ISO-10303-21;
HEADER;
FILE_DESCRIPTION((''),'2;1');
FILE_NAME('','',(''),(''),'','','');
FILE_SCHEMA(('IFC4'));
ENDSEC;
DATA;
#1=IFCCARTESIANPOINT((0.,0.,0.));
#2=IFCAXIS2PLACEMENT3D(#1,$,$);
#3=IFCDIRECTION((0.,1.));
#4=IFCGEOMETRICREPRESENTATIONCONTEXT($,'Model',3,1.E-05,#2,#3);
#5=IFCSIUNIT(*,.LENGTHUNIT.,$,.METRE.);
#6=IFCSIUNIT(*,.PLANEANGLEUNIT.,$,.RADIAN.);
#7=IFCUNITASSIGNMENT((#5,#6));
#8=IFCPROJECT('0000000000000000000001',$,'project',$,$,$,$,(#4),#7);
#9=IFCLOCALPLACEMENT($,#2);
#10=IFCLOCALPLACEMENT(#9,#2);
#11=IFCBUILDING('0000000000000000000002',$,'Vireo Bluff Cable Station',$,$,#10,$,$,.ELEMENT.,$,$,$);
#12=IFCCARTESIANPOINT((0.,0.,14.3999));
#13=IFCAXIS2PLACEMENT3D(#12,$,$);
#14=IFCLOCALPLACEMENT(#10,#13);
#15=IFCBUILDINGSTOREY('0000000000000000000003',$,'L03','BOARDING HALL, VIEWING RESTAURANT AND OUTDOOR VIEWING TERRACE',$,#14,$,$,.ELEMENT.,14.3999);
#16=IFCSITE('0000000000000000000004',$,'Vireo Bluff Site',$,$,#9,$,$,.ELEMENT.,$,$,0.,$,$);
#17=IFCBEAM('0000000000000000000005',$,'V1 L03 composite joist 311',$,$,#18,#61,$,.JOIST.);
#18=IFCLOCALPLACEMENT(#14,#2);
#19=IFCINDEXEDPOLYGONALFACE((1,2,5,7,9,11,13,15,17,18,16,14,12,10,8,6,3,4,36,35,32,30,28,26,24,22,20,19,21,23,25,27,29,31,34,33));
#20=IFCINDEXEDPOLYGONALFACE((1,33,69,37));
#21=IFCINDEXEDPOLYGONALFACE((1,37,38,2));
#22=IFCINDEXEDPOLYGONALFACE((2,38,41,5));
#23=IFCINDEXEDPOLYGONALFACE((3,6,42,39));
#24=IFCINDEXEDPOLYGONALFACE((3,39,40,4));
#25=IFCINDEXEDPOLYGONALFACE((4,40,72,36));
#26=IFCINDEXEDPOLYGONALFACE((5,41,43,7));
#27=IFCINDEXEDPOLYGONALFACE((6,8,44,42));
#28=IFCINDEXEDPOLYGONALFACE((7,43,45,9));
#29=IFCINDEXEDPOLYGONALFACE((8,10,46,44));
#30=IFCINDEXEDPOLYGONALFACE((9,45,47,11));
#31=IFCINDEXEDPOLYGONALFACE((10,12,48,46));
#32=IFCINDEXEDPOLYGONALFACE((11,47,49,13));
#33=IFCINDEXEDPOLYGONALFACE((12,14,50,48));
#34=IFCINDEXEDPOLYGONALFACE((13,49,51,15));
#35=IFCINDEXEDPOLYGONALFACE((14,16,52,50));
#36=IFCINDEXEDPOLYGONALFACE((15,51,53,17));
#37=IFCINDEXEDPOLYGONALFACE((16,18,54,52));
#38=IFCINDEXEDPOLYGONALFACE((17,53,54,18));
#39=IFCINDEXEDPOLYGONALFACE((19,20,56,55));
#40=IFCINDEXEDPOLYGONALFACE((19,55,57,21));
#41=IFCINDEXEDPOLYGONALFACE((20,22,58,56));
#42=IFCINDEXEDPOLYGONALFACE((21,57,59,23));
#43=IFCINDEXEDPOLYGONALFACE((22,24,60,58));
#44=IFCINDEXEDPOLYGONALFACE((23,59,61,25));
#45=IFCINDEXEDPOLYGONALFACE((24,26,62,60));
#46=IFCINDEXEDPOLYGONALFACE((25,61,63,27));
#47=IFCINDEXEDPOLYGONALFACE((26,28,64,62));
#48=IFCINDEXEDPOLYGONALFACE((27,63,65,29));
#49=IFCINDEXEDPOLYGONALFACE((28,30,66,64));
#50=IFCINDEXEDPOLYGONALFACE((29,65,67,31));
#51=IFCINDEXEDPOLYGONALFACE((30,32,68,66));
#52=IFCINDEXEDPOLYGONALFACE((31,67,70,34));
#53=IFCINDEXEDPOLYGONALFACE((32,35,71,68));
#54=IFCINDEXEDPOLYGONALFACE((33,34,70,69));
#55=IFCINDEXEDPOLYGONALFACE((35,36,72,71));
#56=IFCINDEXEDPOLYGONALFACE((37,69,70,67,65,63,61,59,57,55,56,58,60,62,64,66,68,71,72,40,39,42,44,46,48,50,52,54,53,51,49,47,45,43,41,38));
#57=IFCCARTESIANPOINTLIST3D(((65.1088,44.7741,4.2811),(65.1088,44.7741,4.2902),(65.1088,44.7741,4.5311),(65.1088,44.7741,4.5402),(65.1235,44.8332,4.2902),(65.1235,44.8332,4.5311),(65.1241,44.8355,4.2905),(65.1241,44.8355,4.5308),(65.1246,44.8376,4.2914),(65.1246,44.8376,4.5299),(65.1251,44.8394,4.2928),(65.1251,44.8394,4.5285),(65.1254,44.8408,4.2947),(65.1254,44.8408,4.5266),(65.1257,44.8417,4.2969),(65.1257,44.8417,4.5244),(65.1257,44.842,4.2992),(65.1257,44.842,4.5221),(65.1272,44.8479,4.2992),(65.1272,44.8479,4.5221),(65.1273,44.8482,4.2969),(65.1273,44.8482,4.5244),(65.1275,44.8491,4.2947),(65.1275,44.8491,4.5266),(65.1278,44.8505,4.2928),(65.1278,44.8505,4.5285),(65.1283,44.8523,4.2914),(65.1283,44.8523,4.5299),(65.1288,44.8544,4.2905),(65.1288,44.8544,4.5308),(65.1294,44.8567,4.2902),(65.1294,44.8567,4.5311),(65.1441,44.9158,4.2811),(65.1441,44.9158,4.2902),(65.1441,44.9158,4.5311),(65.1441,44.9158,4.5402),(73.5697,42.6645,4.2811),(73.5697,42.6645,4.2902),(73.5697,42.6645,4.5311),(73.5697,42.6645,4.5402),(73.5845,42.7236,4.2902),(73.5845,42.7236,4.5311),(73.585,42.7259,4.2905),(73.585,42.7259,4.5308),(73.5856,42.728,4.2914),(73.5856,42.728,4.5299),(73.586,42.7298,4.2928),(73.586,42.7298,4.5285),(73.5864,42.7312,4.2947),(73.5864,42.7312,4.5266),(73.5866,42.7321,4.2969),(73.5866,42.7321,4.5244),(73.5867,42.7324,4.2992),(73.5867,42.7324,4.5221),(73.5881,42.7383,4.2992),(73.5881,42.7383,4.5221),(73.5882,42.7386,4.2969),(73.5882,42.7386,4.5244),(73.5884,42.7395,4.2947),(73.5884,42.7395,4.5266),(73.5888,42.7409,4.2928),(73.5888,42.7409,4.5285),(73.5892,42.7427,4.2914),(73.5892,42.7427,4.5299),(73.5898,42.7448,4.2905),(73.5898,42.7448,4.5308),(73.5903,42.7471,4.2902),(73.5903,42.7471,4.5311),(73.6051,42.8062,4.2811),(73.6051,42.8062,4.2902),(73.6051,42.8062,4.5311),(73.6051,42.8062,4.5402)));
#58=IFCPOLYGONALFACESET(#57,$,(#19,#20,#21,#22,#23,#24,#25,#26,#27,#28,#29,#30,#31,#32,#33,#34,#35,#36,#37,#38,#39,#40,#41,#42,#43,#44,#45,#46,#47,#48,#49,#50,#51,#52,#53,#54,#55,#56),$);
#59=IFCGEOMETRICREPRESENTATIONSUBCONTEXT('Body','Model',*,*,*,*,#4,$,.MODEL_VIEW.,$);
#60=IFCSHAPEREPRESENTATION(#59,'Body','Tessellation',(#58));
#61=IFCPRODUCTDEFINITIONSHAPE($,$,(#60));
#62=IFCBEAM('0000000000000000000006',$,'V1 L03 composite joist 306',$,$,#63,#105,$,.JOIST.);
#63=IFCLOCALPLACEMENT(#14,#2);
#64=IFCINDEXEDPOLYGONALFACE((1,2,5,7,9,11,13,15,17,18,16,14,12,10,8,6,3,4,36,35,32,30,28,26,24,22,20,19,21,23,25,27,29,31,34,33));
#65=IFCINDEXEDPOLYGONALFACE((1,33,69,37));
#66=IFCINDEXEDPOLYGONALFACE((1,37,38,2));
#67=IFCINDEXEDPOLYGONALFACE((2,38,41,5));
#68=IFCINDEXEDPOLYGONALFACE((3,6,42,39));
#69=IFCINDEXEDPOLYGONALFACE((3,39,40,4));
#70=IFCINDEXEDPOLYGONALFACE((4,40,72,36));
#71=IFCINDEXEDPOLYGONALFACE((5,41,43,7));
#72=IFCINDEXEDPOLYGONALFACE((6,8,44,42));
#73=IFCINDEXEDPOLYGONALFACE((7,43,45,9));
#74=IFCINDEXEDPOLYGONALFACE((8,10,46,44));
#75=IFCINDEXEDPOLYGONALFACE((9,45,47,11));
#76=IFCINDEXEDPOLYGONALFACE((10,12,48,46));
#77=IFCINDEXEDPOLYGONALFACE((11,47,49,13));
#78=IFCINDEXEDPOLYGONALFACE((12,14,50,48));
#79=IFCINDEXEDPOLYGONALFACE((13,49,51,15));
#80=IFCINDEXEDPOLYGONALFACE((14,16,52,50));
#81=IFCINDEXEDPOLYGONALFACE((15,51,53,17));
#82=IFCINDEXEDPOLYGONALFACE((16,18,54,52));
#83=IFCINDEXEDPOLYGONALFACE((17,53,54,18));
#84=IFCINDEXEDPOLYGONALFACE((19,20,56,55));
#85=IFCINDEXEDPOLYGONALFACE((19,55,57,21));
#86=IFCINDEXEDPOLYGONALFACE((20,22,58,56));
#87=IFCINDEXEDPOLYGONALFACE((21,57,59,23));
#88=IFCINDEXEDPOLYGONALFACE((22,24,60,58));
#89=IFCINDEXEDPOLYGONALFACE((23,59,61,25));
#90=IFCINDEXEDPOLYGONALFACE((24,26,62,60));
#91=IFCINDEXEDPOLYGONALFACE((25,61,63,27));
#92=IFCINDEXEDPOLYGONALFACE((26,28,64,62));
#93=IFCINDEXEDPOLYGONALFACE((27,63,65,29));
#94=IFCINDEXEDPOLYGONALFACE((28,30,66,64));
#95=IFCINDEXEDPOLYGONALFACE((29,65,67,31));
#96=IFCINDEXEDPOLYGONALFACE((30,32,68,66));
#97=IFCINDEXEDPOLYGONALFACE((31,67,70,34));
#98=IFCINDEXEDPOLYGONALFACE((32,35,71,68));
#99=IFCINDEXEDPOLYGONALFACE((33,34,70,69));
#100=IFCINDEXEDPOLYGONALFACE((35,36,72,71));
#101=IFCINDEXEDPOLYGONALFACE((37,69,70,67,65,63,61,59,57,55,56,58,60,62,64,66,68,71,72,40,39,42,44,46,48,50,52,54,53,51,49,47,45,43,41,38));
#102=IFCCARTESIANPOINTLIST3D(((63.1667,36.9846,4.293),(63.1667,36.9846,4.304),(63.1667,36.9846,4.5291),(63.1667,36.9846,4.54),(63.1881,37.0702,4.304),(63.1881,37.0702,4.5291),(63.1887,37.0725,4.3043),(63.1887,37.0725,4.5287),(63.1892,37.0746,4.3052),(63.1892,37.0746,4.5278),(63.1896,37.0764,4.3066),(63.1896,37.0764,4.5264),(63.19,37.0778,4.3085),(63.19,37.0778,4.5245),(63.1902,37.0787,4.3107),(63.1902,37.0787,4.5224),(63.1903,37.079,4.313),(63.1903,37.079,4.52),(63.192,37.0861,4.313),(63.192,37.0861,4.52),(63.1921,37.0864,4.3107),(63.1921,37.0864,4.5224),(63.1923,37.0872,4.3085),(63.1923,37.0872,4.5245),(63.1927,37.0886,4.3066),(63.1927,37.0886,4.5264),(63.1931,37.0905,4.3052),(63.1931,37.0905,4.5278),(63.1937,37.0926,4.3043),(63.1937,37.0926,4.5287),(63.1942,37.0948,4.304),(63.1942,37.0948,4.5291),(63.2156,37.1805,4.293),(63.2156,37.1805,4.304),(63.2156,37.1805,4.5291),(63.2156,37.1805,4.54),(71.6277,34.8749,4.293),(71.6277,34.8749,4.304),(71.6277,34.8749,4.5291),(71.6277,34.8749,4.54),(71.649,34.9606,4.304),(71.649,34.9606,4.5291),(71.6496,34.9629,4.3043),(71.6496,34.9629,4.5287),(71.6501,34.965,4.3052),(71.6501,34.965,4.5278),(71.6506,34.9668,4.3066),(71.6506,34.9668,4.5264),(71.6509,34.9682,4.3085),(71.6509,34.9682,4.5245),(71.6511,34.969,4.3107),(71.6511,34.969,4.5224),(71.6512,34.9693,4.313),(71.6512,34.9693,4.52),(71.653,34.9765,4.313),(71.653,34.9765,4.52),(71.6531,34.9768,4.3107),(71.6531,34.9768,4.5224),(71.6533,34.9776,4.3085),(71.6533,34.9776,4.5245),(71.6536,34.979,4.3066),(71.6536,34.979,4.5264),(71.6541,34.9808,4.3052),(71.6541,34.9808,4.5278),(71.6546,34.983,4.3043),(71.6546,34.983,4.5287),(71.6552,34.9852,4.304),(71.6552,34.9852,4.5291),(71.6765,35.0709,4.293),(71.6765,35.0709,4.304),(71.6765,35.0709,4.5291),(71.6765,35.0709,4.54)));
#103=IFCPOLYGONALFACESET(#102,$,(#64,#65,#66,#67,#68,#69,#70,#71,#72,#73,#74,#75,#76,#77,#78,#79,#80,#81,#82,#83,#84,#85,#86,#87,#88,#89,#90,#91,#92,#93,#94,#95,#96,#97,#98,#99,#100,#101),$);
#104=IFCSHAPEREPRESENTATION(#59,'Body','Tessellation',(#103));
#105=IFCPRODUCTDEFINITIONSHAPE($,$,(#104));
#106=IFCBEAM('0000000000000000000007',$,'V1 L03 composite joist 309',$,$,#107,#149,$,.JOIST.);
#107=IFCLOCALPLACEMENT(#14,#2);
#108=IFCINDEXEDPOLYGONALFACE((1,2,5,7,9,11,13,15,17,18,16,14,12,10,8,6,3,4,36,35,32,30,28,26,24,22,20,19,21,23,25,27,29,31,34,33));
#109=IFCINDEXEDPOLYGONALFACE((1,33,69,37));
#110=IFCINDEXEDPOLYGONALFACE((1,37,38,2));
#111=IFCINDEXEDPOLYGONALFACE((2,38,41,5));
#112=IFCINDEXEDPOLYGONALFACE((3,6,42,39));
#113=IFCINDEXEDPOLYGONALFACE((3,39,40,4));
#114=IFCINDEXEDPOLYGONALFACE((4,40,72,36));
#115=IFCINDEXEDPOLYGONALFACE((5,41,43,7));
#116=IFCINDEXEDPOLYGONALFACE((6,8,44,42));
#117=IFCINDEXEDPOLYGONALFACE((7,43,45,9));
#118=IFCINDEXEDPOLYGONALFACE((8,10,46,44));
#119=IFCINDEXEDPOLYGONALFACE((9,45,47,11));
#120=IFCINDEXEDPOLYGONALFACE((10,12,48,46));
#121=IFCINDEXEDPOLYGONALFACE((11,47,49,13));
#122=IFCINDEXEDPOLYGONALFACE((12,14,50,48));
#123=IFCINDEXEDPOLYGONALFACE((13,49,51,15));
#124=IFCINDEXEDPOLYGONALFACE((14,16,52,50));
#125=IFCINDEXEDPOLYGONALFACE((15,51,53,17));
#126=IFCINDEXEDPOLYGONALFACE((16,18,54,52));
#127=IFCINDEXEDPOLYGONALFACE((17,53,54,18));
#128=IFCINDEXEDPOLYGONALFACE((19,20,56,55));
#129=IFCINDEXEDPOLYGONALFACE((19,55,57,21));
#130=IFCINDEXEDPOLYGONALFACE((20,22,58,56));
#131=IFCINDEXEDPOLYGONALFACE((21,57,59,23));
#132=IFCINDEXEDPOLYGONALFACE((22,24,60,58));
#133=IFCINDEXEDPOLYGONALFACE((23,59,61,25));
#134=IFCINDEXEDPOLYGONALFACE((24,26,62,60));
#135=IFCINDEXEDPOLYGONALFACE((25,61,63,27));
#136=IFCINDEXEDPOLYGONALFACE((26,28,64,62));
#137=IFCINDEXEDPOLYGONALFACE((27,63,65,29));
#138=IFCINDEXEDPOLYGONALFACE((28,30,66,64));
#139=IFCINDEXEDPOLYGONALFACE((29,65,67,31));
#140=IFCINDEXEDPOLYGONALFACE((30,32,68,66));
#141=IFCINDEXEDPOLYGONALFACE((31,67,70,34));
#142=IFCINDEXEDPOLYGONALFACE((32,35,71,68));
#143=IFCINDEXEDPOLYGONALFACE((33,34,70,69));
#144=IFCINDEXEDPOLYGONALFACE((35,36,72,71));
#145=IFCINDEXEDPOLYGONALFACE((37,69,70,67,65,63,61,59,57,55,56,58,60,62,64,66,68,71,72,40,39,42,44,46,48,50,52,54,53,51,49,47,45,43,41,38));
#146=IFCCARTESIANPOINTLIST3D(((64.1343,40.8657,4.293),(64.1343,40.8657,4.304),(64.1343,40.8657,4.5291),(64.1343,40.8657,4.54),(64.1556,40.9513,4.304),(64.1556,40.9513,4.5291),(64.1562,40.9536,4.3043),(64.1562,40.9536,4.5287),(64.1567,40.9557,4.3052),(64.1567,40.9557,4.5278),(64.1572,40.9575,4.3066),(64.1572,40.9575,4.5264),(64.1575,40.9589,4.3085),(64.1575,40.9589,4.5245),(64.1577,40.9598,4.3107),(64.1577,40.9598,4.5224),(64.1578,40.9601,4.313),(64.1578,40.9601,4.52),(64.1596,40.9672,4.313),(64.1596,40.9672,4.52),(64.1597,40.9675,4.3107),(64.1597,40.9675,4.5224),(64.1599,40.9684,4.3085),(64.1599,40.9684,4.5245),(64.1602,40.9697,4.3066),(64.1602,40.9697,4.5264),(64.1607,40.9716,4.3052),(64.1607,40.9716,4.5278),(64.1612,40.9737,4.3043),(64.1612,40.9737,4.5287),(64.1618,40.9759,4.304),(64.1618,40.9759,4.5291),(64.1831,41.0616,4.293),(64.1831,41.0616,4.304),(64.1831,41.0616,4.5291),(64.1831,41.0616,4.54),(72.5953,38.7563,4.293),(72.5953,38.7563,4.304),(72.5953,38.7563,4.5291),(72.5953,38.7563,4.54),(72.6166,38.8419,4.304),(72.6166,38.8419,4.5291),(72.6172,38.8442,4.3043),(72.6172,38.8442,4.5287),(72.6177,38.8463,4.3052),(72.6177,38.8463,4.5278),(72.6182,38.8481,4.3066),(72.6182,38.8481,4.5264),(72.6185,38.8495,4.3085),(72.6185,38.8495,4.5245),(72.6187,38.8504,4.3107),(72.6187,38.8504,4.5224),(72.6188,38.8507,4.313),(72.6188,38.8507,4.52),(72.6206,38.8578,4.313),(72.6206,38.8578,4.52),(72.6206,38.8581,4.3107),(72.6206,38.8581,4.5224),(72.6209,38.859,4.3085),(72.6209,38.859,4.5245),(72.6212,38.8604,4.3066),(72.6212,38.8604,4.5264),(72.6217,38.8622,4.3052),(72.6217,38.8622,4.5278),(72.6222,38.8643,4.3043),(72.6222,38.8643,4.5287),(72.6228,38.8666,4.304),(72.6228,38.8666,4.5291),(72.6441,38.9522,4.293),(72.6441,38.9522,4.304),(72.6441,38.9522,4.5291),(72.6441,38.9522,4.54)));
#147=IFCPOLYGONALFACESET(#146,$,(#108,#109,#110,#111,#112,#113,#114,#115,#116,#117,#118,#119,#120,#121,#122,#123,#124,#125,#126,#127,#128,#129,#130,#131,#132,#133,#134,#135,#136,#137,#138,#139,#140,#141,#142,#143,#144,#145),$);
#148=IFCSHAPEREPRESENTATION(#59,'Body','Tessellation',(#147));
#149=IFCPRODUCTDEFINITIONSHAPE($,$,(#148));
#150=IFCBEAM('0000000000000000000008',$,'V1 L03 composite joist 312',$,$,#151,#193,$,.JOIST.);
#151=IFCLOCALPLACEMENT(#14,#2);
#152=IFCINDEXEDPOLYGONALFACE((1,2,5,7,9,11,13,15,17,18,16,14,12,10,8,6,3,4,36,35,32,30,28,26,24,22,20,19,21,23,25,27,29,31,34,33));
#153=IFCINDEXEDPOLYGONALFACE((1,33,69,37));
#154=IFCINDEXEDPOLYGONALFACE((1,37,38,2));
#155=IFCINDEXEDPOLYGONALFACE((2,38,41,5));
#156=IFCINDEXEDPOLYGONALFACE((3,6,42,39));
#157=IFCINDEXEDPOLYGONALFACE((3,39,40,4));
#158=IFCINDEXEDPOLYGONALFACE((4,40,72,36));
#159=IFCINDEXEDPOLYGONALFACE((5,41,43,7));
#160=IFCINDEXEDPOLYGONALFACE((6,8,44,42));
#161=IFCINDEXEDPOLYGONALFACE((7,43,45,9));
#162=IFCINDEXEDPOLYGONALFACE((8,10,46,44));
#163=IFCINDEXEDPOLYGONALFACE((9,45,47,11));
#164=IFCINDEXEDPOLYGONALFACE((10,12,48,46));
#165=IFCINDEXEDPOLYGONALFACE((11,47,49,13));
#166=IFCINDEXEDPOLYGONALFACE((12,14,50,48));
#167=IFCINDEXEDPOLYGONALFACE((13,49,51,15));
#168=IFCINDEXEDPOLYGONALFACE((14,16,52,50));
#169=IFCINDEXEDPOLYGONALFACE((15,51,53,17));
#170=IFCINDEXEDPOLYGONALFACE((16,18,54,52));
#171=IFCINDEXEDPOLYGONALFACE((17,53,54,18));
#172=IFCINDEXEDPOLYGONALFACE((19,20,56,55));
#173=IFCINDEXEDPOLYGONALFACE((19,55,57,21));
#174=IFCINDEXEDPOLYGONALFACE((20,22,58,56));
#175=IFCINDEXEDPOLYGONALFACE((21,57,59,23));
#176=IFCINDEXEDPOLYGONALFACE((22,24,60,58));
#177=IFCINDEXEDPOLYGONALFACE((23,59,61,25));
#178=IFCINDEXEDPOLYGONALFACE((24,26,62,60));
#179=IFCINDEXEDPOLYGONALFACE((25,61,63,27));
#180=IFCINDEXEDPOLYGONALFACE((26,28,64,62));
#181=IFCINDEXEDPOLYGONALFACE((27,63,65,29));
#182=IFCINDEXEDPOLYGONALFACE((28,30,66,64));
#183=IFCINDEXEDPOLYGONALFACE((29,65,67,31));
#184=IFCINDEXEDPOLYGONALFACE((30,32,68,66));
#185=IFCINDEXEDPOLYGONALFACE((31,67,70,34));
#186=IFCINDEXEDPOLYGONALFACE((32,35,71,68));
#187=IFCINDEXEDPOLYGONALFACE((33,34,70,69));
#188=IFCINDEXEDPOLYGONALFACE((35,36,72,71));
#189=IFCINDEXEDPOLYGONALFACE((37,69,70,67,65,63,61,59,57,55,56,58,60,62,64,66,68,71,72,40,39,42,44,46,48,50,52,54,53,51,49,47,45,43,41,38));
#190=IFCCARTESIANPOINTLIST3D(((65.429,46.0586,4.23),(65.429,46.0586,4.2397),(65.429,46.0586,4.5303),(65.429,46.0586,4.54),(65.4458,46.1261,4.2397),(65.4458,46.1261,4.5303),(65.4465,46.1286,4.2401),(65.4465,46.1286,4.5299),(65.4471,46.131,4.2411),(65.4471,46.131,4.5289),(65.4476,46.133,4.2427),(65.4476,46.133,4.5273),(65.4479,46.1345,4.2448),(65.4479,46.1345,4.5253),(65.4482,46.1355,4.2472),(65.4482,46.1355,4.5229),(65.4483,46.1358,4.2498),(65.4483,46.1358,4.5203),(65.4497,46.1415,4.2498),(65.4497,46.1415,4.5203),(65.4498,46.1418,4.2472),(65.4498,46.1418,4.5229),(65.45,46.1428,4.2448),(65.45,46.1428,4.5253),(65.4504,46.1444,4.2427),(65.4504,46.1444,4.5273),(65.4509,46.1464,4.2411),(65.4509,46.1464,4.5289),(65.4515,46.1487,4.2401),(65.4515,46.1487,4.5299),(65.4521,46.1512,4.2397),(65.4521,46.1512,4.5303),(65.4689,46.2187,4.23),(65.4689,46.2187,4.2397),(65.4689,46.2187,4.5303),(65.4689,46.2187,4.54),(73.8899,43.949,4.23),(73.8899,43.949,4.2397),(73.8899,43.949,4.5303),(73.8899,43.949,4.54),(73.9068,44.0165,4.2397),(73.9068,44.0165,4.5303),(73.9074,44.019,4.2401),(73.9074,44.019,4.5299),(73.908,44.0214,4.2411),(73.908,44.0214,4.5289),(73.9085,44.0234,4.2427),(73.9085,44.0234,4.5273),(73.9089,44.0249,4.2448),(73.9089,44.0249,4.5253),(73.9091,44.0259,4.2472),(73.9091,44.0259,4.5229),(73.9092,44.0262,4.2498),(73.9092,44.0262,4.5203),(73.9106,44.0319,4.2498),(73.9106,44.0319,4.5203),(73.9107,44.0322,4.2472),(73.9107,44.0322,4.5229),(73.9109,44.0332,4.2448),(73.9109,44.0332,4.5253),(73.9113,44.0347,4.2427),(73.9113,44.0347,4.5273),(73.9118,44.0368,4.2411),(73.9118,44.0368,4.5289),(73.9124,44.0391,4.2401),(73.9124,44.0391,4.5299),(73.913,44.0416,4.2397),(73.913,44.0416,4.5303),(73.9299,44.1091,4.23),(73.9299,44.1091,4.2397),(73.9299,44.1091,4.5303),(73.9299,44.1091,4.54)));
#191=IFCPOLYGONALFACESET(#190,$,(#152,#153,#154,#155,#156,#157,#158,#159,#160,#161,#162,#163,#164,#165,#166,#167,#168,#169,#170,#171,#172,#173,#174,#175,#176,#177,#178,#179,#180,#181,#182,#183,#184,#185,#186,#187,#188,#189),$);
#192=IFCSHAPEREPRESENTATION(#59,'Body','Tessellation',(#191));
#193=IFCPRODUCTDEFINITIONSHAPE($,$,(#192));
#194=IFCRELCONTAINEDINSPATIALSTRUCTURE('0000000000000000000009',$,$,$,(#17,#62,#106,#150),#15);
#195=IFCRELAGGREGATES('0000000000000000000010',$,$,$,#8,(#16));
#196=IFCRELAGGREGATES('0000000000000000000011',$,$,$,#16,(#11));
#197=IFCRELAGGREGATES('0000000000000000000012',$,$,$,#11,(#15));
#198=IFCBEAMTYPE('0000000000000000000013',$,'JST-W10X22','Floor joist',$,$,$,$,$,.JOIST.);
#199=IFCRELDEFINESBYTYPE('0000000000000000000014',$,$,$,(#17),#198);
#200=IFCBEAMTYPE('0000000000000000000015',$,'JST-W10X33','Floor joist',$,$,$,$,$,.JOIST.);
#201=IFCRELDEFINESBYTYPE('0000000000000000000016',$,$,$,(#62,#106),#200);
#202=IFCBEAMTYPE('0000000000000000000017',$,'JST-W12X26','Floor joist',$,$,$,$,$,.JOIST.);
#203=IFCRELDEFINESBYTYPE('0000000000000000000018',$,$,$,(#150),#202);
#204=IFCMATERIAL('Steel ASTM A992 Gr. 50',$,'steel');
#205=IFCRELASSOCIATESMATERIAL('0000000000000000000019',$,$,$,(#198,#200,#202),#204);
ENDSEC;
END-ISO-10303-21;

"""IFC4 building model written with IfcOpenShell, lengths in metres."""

from ifc_helpers import new_model, si_unit, direction, frame, origin, origin_2d, place, context, subcontext, project, spatial, i_section, extrude, material, material_profile, profile_set, type_object, element, save


model = new_model("IFC4")

# Units and contexts
model_context = context("Model", 3, precision=1e-05, world=origin(), true_north=direction((0.0, 1.0)))
body_context = subcontext(model_context, "Body", "Model", "MODEL_VIEW")
ifc_project = project(units=[si_unit("LENGTHUNIT", "METRE"), si_unit("PLANEANGLEUNIT", "RADIAN")], contexts=[model_context])

# Site, building, storey
site_placement = place(None, origin())
site = spatial("IfcSite", under=ifc_project, at=site_placement, Name="Vireo Bluff Site", CompositionType="ELEMENT", RefElevation=0.0)
building_placement = place(site_placement, origin())
building = spatial("IfcBuilding", under=site, at=building_placement, Name="Vireo Bluff Cable Station", CompositionType="ELEMENT")
storey_placement = place(building_placement, frame((0.0, 0.0, 14.3999)))
storey = spatial("IfcBuildingStorey", under=building, at=storey_placement, Name="L03", Description="BOARDING HALL, VIEWING RESTAURANT AND OUTDOOR VIEWING TERRACE", CompositionType="ELEMENT", Elevation=14.3999)

# Shared definitions
ifc_material_1 = material(Name="Steel ASTM A992 Gr. 50", Category="steel")

# Beams
ifc_material_profile_1 = material_profile(ifc_material_1, i_section(OverallWidth=0.146, OverallDepth=0.259, WebThickness=0.0061, FlangeThickness=0.009, FilletRadius=0.009, at=origin_2d()), Name="W10X22")
ifc_profile_set_1 = profile_set([ifc_material_profile_1], Name="Steel ASTM A992 Gr. 50")
beam_type_1 = type_object("IfcBeamType", Name="JST-W10X22", Description="Floor joist", PredefinedType="JOIST", material=ifc_profile_set_1)
beam_1_placement = place(storey_placement, frame((65.1265, 44.845, 4.4106), z_axis=(0.970294, -0.24193, 0.0), x_axis=(0.24193, 0.970294, 0.0)))
element("IfcBeam", 1, at=beam_1_placement, inside=storey, type_object=beam_type_1, Name="V1 L03 composite joist 311", PredefinedType="JOIST", context=body_context, shape_type="SweptSolid", body=[
    extrude(i_section(OverallWidth=0.146, OverallDepth=0.259, WebThickness=0.0061, FlangeThickness=0.009, FilletRadius=0.009, at=origin_2d()), origin(), (0.0, 0.0, 1.0), 8.72),
])
ifc_material_profile_2 = material_profile(ifc_material_1, i_section(OverallWidth=0.2019, OverallDepth=0.2471, WebThickness=0.0073, FlangeThickness=0.011, FilletRadius=0.009, at=origin_2d()), Name="W10X33")
ifc_profile_set_2 = profile_set([ifc_material_profile_2], Name="Steel ASTM A992 Gr. 50")
beam_type_2 = type_object("IfcBeamType", Name="JST-W10X33", Description="Floor joist", PredefinedType="JOIST", material=ifc_profile_set_2)
for number, where, z_axis, x_axis, name in (
    (2, (63.1912, 37.0825, 4.4165), (0.970294, -0.24193, 0.0), (0.24193, 0.970294, 0.0), "V1 L03 composite joist 306"),
    (3, (64.1587, 40.9636, 4.4165), (0.9703, -0.241903, 0.0), (0.241903, 0.9703, 0.0), "V1 L03 composite joist 309"),
):
    element("IfcBeam", number, at=place(storey_placement, frame(where, z_axis=z_axis, x_axis=x_axis)), inside=storey, type_object=beam_type_2, Name=name, PredefinedType="JOIST", context=body_context, shape_type="SweptSolid", body=[
        extrude(i_section(OverallWidth=0.2019, OverallDepth=0.2471, WebThickness=0.0073, FlangeThickness=0.011, FilletRadius=0.009, at=origin_2d()), origin(), (0.0, 0.0, 1.0), 8.72),
    ])
ifc_material_profile_3 = material_profile(ifc_material_1, i_section(OverallWidth=0.165, OverallDepth=0.3101, WebThickness=0.0059, FlangeThickness=0.0098, FilletRadius=0.01, at=origin_2d()), Name="W12X26")
ifc_profile_set_3 = profile_set([ifc_material_profile_3], Name="Steel ASTM A992 Gr. 50")
beam_type_3 = type_object("IfcBeamType", Name="JST-W12X26", Description="Floor joist", PredefinedType="JOIST", material=ifc_profile_set_3)
beam_2_placement = place(storey_placement, frame((65.449, 46.1387, 4.385), z_axis=(0.970294, -0.24193, 0.0), x_axis=(0.24193, 0.970294, 0.0)))
element("IfcBeam", 4, at=beam_2_placement, inside=storey, type_object=beam_type_3, Name="V1 L03 composite joist 312", PredefinedType="JOIST", context=body_context, shape_type="SweptSolid", body=[
    extrude(i_section(OverallWidth=0.165, OverallDepth=0.3101, WebThickness=0.0059, FlangeThickness=0.0098, FilletRadius=0.01, at=origin_2d()), origin(), (0.0, 0.0, 1.0), 8.72),
])

save(model, "model.ifc")
